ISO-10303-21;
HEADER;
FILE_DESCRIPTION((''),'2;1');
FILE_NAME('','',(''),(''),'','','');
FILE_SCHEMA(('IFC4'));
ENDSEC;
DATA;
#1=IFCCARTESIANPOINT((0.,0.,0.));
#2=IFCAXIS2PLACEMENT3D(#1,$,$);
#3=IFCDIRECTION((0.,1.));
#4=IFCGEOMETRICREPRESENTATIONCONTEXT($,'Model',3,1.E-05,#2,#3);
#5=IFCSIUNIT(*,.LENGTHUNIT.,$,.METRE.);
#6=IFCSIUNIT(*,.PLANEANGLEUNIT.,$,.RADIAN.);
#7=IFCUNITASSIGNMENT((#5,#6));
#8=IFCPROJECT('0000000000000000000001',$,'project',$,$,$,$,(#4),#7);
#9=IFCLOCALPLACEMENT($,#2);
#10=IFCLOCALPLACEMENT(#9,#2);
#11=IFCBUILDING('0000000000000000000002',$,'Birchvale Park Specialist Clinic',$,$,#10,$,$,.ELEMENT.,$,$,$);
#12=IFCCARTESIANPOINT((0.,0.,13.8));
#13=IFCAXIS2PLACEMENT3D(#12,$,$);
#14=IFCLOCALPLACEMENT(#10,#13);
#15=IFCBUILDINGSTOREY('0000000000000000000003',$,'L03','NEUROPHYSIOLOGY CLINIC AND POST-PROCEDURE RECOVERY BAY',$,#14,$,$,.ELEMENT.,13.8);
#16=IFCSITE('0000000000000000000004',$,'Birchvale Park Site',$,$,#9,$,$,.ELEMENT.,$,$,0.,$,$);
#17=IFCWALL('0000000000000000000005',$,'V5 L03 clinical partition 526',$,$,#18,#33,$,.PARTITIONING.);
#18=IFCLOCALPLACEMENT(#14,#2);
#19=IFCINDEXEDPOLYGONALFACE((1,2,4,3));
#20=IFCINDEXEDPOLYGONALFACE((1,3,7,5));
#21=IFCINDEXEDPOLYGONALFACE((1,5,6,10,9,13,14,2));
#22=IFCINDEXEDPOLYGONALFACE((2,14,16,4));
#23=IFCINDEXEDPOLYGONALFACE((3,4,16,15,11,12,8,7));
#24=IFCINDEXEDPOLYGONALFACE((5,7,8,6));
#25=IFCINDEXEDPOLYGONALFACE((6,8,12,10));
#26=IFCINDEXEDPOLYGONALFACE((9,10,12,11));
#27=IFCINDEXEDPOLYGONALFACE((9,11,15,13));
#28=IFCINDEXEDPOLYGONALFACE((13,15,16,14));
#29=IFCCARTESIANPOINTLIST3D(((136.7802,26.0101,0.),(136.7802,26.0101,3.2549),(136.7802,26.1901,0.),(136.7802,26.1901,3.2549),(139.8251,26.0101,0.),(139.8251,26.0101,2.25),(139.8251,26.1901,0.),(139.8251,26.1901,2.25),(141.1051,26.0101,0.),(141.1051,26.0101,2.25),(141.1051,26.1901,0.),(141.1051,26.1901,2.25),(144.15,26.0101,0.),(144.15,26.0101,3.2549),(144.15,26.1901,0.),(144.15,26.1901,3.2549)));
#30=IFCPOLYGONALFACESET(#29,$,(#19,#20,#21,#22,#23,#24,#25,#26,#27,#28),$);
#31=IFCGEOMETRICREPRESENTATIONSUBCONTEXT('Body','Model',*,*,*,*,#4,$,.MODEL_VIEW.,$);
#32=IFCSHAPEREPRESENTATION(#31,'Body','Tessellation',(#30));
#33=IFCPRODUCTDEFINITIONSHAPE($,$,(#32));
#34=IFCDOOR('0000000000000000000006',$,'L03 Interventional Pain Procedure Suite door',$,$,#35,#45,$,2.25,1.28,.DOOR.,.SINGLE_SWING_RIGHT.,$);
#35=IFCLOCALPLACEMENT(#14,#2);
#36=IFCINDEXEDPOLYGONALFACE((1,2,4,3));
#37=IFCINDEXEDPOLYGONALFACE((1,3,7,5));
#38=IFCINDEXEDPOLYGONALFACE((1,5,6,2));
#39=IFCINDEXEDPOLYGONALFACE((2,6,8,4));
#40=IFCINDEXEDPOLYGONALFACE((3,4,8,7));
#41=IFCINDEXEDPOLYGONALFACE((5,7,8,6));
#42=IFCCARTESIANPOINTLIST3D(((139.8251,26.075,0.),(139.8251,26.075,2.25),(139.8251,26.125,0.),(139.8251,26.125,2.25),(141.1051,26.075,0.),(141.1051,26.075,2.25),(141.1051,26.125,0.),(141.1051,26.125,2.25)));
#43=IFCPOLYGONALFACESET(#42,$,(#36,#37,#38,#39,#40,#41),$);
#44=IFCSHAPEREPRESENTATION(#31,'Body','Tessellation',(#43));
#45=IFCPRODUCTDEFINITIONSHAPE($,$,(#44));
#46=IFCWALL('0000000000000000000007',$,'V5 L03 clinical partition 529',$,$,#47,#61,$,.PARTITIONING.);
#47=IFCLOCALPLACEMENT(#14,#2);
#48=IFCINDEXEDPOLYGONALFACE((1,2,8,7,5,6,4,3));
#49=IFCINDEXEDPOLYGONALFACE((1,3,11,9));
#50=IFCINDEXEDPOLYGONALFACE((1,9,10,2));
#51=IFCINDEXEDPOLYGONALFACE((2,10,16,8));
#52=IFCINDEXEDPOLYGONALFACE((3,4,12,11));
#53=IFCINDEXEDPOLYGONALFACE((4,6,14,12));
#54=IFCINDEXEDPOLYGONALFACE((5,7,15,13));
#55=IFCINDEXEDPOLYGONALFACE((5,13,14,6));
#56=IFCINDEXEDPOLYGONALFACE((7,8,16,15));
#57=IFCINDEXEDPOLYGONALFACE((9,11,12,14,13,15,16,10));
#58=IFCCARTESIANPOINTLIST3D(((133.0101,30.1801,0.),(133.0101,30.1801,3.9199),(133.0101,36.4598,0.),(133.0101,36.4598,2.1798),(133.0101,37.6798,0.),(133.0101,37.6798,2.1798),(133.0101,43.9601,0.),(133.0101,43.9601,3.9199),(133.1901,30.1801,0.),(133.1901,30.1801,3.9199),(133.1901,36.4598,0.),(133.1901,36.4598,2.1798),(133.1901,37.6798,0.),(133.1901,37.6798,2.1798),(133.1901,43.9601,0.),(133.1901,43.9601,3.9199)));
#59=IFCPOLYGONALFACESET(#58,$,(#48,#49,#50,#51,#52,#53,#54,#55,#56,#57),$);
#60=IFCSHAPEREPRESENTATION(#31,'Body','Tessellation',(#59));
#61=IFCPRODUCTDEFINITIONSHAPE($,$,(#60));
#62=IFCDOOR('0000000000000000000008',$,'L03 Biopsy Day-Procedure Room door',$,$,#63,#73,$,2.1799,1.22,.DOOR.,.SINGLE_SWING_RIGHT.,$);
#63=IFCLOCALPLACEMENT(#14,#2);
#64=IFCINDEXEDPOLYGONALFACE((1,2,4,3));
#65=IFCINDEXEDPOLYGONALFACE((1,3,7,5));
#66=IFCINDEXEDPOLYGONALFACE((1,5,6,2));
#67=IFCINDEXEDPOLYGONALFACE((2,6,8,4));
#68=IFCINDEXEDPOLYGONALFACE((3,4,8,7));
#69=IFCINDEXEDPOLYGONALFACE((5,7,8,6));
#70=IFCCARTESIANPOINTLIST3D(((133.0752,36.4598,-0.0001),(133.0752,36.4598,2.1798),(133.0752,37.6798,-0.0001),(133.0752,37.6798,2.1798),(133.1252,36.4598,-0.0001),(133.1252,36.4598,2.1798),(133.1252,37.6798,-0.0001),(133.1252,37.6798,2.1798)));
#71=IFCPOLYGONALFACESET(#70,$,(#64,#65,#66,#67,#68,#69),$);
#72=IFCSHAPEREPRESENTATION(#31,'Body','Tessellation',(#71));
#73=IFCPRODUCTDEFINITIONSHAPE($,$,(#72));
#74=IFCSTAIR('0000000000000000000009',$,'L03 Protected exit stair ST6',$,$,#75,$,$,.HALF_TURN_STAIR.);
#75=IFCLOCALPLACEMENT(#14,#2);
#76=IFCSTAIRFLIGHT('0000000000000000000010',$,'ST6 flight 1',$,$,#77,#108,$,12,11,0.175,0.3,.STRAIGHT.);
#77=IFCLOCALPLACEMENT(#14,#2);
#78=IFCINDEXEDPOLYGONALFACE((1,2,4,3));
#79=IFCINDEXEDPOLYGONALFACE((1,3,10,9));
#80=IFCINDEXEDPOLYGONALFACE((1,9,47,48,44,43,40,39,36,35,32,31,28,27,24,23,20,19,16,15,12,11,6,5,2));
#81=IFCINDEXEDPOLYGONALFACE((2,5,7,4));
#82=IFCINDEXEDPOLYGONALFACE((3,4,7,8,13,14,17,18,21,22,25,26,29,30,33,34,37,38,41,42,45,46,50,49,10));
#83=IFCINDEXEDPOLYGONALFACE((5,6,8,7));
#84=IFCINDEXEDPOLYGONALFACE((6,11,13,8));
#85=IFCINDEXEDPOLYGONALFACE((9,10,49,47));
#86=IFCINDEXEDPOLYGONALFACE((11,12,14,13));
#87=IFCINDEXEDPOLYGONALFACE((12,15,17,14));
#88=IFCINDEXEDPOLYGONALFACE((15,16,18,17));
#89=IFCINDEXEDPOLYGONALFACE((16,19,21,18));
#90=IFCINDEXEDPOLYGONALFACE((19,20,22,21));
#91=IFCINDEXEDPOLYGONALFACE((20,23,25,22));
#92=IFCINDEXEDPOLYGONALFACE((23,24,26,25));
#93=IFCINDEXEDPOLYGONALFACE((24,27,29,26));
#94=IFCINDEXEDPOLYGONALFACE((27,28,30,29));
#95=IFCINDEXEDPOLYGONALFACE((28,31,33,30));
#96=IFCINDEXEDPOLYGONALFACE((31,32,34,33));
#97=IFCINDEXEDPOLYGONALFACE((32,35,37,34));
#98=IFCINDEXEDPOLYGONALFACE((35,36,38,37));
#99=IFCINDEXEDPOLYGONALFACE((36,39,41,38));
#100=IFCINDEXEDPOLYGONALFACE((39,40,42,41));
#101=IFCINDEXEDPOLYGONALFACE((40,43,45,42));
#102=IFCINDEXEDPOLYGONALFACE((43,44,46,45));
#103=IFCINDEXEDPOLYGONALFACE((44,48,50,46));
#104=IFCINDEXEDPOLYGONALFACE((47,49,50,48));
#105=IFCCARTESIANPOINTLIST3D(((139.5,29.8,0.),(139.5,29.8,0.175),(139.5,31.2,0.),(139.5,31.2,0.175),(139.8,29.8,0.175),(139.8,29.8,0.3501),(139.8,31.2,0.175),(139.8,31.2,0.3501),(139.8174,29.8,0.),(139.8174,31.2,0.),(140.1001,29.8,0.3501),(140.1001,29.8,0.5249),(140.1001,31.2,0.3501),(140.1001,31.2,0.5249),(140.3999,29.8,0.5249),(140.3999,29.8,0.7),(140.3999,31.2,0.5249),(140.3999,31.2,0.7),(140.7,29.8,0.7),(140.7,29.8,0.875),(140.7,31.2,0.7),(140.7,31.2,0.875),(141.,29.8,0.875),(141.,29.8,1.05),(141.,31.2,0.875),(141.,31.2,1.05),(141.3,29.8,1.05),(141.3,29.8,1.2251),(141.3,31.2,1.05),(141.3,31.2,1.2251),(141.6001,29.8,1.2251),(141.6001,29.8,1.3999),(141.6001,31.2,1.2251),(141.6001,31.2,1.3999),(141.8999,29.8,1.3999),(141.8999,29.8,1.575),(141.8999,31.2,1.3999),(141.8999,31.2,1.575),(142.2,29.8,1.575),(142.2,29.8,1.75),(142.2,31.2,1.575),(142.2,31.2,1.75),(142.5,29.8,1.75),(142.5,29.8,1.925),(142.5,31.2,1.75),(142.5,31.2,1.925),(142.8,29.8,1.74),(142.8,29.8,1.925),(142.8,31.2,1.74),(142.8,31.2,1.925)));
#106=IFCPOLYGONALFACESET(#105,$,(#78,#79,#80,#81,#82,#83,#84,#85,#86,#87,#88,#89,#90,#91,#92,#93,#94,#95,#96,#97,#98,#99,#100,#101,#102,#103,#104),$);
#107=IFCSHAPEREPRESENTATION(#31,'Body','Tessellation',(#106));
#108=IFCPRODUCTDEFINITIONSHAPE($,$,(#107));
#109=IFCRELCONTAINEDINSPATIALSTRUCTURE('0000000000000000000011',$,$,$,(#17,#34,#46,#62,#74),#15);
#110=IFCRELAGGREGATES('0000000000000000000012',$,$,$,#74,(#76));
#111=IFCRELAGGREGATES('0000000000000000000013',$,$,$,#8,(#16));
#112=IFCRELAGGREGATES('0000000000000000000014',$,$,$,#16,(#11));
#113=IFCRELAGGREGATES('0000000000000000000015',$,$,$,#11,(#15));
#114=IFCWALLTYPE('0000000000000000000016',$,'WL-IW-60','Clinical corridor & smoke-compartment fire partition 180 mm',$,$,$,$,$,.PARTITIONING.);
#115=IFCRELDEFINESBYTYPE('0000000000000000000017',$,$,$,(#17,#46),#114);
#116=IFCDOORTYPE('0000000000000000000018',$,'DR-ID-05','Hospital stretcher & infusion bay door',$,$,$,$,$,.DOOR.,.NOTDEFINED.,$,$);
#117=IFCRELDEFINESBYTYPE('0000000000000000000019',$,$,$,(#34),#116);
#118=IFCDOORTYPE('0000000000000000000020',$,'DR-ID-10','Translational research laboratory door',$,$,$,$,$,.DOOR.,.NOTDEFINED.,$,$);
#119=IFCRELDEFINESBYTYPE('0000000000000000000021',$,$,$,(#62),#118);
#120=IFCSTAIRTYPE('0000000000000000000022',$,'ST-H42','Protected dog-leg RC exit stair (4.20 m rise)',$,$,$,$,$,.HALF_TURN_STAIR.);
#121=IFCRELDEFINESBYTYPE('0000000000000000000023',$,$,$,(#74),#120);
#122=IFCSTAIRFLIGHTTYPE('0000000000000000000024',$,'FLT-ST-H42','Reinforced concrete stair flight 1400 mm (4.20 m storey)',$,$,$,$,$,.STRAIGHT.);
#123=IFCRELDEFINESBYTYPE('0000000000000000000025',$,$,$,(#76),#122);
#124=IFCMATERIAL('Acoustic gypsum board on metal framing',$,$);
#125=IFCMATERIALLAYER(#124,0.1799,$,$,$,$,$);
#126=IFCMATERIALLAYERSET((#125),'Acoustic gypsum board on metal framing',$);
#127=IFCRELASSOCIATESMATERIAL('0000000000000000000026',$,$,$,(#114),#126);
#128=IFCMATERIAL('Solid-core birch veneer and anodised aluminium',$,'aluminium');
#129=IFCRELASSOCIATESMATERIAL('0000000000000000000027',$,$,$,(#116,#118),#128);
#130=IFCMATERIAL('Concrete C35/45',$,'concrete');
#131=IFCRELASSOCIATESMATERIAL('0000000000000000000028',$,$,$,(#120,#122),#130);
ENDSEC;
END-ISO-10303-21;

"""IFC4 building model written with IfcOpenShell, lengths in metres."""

from ifc_helpers import new_model, si_unit, direction, frame, frame_2d, origin, place, context, subcontext, project, spatial, polyline, rectangle, outline, extrude, material, layer, layer_set, type_object, element, fill, aggregate, save


model = new_model("IFC4")

# Units and contexts
model_context = context("Model", 3, precision=1e-05, world=origin(), true_north=direction((0.0, 1.0)))
body_context = subcontext(model_context, "Body", "Model", "MODEL_VIEW")
ifc_project = project(units=[si_unit("LENGTHUNIT", "METRE"), si_unit("PLANEANGLEUNIT", "RADIAN")], contexts=[model_context])

# Site, building, storey
site_placement = place(None, origin())
site = spatial("IfcSite", under=ifc_project, at=site_placement, Name="Birchvale Park Site", CompositionType="ELEMENT", RefElevation=0.0)
building_placement = place(site_placement, origin())
building = spatial("IfcBuilding", under=site, at=building_placement, Name="Birchvale Park Specialist Clinic", CompositionType="ELEMENT")
storey_placement = place(building_placement, frame((0.0, 0.0, 13.8)))
storey = spatial("IfcBuildingStorey", under=building, at=storey_placement, Name="L03", Description="NEUROPHYSIOLOGY CLINIC AND POST-PROCEDURE RECOVERY BAY", CompositionType="ELEMENT", Elevation=13.8)

# Shared definitions
ifc_material_1 = material(Name="Solid-core birch veneer and anodised aluminium", Category="aluminium")

# Shared definitions
ifc_material_2 = material(Name="Acoustic gypsum board on metal framing")
ifc_layer_1 = layer(ifc_material_2, 0.1799)
ifc_layer_set_1 = layer_set([ifc_layer_1], Name="Acoustic gypsum board on metal framing")
wall_type_1 = type_object("IfcWallType", Name="WL-IW-60", Description="Clinical corridor & smoke-compartment fire partition 180 mm", PredefinedType="PARTITIONING", material=ifc_layer_set_1)

# Walls, openings, doors
wall_1_placement = place(storey_placement, frame((136.78, 26.1001, 0.0), z_axis=(0.0, 0.0, 1.0), x_axis=(1.0, 0.0, 0.0)))
wall_1 = element("IfcWall", 1, at=wall_1_placement, inside=storey, type_object=wall_type_1, Name="V5 L03 clinical partition 526", PredefinedType="PARTITIONING", context=body_context, shape_type="SweptSolid", body=[
    extrude(rectangle(XDim=7.3699, YDim=0.1799, at=frame_2d((3.6851, 0.0))), origin(), (0.0, 0.0, 1.0), 3.2549),
])
opening_1_placement = place(wall_1_placement, frame((3.0449, 0.0, 0.0)))
opening_1 = element("IfcOpeningElement", 2, at=opening_1_placement, cuts=wall_1, PredefinedType="OPENING", context=body_context, shape_type="SweptSolid", body=[
    extrude(rectangle(XDim=1.28, YDim=2.25, at=frame_2d((0.6401, 1.125))), frame((0.0, 0.1001, 0.0), z_axis=(0.0, -1.0, 0.0), x_axis=(1.0, 0.0, 0.0)), (0.0, 0.0, 1.0), 0.2),
])
door_type_1 = type_object("IfcDoorType", Name="DR-ID-05", Description="Hospital stretcher & infusion bay door", OperationType="NOTDEFINED", PredefinedType="DOOR", material=ifc_material_1)
door_1_placement = place(opening_1_placement, origin())
door_1 = element("IfcDoor", 3, at=door_1_placement, inside=storey, type_object=door_type_1, Name="L03 Interventional Pain Procedure Suite door", OperationType="SINGLE_SWING_RIGHT", OverallHeight=2.25, OverallWidth=1.28, PredefinedType="DOOR", context=body_context, shape_type="SweptSolid", body=[
    extrude(rectangle(XDim=1.28, YDim=2.25, at=frame_2d((0.6401, 1.125))), frame((0.0, 0.0249, 0.0), z_axis=(0.0, -1.0, 0.0), x_axis=(1.0, 0.0, 0.0)), (0.0, 0.0, 1.0), 0.05),
])
fill(opening_1, door_1)
wall_2_placement = place(storey_placement, frame((133.1001, 30.1799, 0.0), z_axis=(0.0, 0.0, 1.0), x_axis=(0.0, 1.0, 0.0)))
wall_2 = element("IfcWall", 4, at=wall_2_placement, inside=storey, type_object=wall_type_1, Name="V5 L03 clinical partition 529", PredefinedType="PARTITIONING", context=body_context, shape_type="SweptSolid", body=[
    extrude(rectangle(XDim=13.78, YDim=0.1799, at=frame_2d((6.8901, 0.0))), origin(), (0.0, 0.0, 1.0), 3.9199),
])
opening_2_placement = place(wall_2_placement, frame((6.28, 0.0, 0.0)))
opening_2 = element("IfcOpeningElement", 5, at=opening_2_placement, cuts=wall_2, PredefinedType="OPENING", context=body_context, shape_type="SweptSolid", body=[
    extrude(rectangle(XDim=1.22, YDim=2.1799, at=frame_2d((0.6099, 1.0898))), frame((0.0, 0.1001, 0.0), z_axis=(0.0, -1.0, 0.0), x_axis=(1.0, 0.0, 0.0)), (0.0, 0.0, 1.0), 0.2),
])
door_type_2 = type_object("IfcDoorType", Name="DR-ID-10", Description="Translational research laboratory door", OperationType="NOTDEFINED", PredefinedType="DOOR", material=ifc_material_1)
door_2_placement = place(opening_2_placement, origin())
door_2 = element("IfcDoor", 6, at=door_2_placement, inside=storey, type_object=door_type_2, Name="L03 Biopsy Day-Procedure Room door", OperationType="SINGLE_SWING_RIGHT", OverallHeight=2.1799, OverallWidth=1.22, PredefinedType="DOOR", context=body_context, shape_type="SweptSolid", body=[
    extrude(rectangle(XDim=1.22, YDim=2.1799, at=frame_2d((0.6099, 1.0898))), frame((0.0, 0.0249, 0.0), z_axis=(0.0, -1.0, 0.0), x_axis=(1.0, 0.0, 0.0)), (0.0, 0.0, 1.0), 0.05),
])
fill(opening_2, door_2)

# Stair, stair flight
ifc_material_3 = material(Name="Concrete C35/45", Category="concrete")
stair_type = type_object("IfcStairType", Name="ST-H42", Description="Protected dog-leg RC exit stair (4.20 m rise)", PredefinedType="HALF_TURN_STAIR", material=ifc_material_3)
stair_placement = place(storey_placement, origin())
stair = element("IfcStair", 7, at=stair_placement, inside=storey, type_object=stair_type, Name="L03 Protected exit stair ST6", PredefinedType="HALF_TURN_STAIR")
stair_flight_type = type_object("IfcStairFlightType", Name="FLT-ST-H42", Description="Reinforced concrete stair flight 1400 mm (4.20 m storey)", PredefinedType="STRAIGHT", material=ifc_material_3)
stair_flight_placement = place(storey_placement, frame((139.5, 30.5, 0.0), z_axis=(0.0, 0.0, 1.0), x_axis=(1.0, 0.0, 0.0)))
stair_flight = element("IfcStairFlight", 8, at=stair_flight_placement, type_object=stair_flight_type, Name="ST6 flight 1", NumberOfRisers=12, NumberOfTreads=11, PredefinedType="STRAIGHT", RiserHeight=0.175, TreadLength=0.3, context=body_context, shape_type="SweptSolid", body=[
    extrude(outline(polyline([(0.0, 0.0), (0.0, 0.175), (0.3, 0.175), (0.3, 0.3501), (0.6001, 0.3501), (0.6001, 0.5249), (0.8999, 0.5249), (0.8999, 0.7), (1.2, 0.7), (1.2, 0.875), (1.5, 0.875), (1.5, 1.05), (1.8, 1.05), (1.8, 1.2251), (2.1001, 1.2251), (2.1001, 1.3999), (2.3999, 1.3999), (2.3999, 1.575), (2.7, 1.575), (2.7, 1.75), (3.0, 1.75), (3.0, 1.925), (3.3, 1.925), (3.3, 2.1001), (3.3, 1.74), (0.3174, 0.0), (0.0, 0.0)])), frame((0.0, 0.7, 0.0), z_axis=(0.0, -1.0, 0.0), x_axis=(1.0, 0.0, 0.0)), (0.0, 0.0, 1.0), 1.3999),
])
aggregate(stair, [stair_flight])

save(model, "model.ifc")
